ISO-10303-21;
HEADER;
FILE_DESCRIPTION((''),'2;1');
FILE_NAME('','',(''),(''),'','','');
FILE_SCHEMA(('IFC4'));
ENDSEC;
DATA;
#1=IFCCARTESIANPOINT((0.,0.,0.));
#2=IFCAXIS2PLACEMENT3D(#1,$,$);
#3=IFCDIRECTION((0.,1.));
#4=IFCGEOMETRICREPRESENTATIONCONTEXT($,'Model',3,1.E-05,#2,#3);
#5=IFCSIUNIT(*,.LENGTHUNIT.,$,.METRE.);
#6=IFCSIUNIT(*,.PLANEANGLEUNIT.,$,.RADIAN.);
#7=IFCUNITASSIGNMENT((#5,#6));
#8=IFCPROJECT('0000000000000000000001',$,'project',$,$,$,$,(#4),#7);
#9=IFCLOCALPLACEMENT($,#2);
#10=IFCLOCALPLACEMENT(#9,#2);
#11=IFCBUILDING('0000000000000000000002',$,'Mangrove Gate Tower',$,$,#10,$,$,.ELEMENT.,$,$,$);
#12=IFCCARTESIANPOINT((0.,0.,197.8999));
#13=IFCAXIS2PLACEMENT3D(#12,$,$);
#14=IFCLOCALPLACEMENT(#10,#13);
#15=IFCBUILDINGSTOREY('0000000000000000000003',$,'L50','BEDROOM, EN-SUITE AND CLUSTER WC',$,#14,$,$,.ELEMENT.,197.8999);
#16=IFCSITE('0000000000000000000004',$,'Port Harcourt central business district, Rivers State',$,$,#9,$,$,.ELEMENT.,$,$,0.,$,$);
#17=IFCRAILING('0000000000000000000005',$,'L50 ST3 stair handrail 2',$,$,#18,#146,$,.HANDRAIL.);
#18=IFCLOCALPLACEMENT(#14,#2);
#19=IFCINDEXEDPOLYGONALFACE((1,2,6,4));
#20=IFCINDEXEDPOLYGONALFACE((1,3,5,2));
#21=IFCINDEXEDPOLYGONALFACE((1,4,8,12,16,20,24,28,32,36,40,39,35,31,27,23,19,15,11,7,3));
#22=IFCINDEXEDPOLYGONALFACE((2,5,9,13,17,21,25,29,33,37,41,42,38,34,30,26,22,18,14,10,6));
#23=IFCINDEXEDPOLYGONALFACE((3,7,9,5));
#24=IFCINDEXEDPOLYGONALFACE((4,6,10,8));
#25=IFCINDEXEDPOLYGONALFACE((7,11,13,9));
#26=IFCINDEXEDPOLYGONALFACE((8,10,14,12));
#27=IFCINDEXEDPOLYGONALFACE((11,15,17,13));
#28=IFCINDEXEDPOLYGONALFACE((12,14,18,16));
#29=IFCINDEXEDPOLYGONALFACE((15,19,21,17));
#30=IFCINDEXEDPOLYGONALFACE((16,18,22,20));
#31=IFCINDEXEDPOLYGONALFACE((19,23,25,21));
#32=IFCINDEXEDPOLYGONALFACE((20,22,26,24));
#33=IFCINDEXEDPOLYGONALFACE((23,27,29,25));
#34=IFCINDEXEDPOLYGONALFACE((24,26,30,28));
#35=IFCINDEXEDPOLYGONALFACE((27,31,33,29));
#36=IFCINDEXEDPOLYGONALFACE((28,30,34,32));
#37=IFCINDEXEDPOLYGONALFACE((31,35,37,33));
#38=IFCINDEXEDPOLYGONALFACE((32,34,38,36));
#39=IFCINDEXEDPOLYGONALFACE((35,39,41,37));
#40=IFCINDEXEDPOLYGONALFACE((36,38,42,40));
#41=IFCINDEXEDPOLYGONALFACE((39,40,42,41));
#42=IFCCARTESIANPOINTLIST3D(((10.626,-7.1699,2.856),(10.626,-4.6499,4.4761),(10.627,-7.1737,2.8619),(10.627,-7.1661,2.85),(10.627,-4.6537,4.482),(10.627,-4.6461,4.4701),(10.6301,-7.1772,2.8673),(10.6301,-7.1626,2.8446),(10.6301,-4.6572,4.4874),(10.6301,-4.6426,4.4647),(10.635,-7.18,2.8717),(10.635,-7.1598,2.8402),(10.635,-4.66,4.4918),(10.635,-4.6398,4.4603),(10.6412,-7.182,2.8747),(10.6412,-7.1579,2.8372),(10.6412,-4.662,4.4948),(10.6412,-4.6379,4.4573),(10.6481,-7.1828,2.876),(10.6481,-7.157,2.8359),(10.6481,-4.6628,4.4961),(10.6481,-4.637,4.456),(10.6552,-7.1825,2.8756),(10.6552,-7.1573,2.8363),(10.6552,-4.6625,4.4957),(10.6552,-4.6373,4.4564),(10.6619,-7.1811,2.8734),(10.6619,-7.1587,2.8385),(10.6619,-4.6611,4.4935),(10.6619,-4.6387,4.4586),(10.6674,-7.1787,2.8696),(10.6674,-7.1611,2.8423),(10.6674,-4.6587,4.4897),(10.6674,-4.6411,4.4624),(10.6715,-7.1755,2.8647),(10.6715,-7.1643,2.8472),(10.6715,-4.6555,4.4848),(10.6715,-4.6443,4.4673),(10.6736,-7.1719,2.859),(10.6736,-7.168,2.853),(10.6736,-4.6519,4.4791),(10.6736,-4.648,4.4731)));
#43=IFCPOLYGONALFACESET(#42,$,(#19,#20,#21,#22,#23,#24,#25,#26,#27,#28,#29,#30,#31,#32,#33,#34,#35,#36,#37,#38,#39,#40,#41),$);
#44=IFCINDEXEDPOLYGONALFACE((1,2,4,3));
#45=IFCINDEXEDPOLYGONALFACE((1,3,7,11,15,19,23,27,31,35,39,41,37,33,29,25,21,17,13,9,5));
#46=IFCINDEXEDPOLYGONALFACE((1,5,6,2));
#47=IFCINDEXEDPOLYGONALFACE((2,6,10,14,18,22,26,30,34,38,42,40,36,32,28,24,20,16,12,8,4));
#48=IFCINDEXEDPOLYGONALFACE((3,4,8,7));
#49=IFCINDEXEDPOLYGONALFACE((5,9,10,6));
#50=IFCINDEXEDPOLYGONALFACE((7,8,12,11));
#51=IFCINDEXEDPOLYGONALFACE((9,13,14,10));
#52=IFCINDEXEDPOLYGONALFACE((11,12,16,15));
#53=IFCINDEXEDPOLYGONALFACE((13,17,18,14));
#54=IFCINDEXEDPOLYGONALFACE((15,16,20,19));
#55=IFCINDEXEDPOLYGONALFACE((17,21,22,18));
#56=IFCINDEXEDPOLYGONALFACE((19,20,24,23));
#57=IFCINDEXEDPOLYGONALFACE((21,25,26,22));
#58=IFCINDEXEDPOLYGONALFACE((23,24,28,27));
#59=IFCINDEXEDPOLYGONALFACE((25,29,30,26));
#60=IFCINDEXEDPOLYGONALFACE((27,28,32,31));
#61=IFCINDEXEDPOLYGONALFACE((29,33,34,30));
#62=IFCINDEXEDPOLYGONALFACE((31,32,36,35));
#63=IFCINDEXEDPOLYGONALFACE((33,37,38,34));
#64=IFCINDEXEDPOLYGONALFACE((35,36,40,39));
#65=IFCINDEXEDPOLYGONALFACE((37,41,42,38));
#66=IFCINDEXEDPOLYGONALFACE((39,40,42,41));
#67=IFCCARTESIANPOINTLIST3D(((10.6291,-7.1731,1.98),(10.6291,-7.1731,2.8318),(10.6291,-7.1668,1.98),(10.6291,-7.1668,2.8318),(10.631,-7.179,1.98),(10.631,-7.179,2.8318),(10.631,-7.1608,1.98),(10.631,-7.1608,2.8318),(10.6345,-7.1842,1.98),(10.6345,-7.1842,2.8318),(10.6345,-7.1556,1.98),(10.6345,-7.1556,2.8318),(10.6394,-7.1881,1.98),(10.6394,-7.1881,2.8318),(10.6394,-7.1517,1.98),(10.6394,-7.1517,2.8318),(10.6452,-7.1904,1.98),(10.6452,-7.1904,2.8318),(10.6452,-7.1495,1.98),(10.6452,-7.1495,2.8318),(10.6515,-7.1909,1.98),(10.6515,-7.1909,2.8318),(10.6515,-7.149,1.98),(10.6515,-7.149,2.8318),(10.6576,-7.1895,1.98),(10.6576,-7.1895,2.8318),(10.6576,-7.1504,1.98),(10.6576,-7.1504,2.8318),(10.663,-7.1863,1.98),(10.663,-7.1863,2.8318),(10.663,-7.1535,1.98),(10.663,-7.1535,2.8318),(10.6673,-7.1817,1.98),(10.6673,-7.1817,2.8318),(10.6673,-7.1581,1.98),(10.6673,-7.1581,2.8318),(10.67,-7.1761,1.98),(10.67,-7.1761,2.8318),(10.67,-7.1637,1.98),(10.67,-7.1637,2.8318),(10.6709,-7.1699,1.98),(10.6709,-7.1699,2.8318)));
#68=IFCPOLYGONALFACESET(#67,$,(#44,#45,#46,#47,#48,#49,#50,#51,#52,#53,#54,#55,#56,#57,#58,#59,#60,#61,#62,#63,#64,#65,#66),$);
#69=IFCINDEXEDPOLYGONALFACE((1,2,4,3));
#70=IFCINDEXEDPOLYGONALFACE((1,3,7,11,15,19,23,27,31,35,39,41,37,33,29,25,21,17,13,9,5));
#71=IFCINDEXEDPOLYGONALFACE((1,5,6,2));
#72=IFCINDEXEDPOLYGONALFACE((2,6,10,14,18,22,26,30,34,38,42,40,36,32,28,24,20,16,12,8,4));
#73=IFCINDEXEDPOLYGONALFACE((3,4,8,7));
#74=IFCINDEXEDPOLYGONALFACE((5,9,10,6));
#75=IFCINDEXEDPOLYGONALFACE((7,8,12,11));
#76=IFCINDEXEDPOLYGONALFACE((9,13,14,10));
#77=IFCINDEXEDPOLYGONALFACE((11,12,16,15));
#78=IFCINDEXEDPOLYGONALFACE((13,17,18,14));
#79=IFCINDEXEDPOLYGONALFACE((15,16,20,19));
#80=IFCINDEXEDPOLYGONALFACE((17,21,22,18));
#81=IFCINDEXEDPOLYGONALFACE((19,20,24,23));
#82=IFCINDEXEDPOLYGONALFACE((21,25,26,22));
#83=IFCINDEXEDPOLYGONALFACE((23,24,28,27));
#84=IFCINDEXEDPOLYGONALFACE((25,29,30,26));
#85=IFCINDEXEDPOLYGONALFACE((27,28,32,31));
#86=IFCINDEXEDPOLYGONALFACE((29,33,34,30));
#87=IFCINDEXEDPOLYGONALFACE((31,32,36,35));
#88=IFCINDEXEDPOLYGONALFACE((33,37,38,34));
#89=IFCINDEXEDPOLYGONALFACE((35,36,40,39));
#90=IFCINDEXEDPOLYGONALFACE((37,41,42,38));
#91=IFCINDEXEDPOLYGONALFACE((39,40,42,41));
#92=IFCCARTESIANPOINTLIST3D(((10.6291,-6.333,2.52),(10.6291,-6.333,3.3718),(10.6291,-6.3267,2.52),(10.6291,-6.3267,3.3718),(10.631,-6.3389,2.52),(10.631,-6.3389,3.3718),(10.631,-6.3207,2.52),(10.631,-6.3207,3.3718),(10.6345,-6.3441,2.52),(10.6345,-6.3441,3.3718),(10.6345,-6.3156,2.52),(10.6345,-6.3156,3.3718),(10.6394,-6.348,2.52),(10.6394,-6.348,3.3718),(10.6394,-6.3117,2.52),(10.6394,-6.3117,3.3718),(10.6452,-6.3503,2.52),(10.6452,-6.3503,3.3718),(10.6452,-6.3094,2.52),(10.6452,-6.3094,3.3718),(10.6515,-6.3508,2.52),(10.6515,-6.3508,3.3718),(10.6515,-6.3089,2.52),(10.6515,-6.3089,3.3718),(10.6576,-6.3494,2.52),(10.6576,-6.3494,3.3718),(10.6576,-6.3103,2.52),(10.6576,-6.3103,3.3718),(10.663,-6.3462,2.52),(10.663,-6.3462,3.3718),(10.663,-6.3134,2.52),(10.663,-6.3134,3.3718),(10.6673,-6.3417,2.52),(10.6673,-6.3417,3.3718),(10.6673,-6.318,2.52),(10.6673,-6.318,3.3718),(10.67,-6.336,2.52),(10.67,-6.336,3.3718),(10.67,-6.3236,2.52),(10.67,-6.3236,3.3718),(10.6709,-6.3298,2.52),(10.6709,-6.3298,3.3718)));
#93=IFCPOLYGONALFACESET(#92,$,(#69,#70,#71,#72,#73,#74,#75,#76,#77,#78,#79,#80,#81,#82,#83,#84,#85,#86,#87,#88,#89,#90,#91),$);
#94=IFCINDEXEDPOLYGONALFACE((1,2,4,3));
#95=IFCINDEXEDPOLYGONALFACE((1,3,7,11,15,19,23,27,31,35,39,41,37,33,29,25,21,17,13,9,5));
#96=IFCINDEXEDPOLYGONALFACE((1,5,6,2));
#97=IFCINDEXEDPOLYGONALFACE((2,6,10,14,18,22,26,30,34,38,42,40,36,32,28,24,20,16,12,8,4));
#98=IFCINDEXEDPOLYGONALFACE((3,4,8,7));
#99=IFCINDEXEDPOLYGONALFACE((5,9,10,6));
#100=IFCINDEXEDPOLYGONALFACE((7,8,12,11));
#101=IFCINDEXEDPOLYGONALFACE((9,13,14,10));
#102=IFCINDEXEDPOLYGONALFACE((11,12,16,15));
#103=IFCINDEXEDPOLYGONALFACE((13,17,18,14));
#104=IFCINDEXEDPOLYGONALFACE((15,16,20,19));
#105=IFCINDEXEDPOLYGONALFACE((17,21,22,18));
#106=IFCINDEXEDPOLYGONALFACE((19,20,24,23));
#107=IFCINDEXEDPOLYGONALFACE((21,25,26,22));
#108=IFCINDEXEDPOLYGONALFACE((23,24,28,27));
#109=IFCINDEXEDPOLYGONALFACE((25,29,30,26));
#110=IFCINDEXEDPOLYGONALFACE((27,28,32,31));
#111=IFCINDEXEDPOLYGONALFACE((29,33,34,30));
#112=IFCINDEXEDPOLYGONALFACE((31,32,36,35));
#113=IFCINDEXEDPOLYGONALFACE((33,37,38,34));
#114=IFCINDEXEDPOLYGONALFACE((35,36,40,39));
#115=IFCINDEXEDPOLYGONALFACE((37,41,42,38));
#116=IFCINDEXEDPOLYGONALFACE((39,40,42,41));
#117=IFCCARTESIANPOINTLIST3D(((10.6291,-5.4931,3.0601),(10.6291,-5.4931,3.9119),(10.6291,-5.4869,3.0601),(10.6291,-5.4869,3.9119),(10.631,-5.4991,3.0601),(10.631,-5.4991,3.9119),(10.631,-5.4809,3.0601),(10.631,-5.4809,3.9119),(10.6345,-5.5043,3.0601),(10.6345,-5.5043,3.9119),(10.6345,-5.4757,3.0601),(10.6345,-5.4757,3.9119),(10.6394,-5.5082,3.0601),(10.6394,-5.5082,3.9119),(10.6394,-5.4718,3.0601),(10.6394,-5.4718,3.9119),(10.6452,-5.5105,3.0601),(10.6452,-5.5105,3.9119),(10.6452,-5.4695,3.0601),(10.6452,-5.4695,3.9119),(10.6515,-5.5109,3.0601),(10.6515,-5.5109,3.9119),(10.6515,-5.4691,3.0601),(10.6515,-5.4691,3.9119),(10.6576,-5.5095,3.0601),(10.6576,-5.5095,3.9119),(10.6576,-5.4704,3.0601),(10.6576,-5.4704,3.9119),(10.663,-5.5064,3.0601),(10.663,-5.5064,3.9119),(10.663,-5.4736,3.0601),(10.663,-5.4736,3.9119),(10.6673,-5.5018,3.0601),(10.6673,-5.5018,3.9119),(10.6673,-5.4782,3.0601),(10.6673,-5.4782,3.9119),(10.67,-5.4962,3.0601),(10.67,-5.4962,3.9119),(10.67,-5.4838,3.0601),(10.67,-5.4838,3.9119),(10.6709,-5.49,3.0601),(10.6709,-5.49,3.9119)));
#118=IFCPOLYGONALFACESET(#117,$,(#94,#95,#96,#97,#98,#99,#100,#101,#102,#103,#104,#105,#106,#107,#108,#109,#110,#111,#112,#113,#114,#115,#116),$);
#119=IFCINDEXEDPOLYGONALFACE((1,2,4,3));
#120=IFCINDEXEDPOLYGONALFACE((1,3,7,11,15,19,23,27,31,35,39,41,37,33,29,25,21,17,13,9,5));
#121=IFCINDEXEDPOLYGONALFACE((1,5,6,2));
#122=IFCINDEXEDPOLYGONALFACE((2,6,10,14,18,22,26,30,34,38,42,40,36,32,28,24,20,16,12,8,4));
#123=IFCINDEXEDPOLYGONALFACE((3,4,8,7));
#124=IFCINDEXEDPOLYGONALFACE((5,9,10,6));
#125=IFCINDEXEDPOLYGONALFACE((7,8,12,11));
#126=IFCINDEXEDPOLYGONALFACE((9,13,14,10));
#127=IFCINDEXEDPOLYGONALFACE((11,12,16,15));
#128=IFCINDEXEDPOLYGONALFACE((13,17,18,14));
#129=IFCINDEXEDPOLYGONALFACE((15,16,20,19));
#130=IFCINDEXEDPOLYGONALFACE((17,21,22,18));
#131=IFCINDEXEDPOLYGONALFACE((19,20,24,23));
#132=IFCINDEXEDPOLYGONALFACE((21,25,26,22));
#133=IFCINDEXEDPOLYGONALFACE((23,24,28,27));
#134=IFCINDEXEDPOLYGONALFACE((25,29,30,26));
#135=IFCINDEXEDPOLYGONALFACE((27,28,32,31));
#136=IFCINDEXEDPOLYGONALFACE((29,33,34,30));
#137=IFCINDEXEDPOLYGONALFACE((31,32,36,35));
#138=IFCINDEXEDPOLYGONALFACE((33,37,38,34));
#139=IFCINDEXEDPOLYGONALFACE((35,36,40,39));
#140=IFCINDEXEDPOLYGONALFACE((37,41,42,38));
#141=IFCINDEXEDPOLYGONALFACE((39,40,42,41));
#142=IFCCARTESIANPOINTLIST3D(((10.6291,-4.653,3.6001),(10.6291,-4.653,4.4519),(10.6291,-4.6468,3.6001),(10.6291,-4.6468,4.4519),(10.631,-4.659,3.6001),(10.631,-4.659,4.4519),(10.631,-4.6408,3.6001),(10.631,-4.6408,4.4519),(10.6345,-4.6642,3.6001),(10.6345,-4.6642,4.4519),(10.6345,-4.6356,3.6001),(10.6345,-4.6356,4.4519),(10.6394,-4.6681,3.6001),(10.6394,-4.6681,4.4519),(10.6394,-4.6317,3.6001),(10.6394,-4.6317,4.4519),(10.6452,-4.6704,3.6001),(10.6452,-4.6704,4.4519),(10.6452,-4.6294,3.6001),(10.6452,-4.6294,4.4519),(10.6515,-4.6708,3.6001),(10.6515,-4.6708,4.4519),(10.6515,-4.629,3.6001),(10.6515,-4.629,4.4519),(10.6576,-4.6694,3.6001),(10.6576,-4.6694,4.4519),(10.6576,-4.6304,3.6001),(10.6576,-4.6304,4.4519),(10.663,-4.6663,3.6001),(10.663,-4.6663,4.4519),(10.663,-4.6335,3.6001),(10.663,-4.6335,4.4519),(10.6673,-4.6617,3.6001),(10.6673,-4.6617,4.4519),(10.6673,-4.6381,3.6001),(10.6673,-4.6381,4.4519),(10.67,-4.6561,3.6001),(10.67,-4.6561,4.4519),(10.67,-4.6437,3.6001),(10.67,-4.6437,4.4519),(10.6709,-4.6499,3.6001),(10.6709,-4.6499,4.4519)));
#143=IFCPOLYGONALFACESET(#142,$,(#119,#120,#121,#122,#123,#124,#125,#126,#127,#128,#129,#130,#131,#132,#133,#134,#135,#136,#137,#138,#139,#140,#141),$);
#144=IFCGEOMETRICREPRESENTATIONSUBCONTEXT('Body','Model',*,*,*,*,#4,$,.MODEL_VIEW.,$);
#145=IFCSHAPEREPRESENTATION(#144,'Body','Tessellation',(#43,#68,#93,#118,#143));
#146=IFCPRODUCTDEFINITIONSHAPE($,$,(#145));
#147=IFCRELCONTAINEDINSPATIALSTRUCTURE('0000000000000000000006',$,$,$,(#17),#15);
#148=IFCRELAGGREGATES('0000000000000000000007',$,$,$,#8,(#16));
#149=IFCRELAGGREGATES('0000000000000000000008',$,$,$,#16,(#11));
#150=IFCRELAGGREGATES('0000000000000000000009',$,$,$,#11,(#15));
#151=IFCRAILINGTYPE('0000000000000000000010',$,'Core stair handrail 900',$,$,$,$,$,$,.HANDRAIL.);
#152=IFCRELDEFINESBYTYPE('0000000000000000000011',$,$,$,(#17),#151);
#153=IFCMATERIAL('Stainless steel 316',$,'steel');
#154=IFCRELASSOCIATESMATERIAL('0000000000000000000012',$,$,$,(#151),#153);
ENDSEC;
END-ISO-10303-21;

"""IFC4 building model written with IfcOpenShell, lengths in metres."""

from ifc_helpers import new_model, si_unit, direction, frame, origin, origin_2d, place, context, subcontext, project, spatial, circle, extrude, material, type_object, element, save


model = new_model("IFC4")

# Units and contexts
model_context = context("Model", 3, precision=1e-05, world=origin(), true_north=direction((0.0, 1.0)))
body_context = subcontext(model_context, "Body", "Model", "MODEL_VIEW")
ifc_project = project(units=[si_unit("LENGTHUNIT", "METRE"), si_unit("PLANEANGLEUNIT", "RADIAN")], contexts=[model_context])

# Site, building, storey
site_placement = place(None, origin())
site = spatial("IfcSite", under=ifc_project, at=site_placement, Name="Port Harcourt central business district, Rivers State", CompositionType="ELEMENT", RefElevation=0.0)
building_placement = place(site_placement, origin())
building = spatial("IfcBuilding", under=site, at=building_placement, Name="Mangrove Gate Tower", CompositionType="ELEMENT")
storey_placement = place(building_placement, frame((0.0, 0.0, 197.8999)))
storey = spatial("IfcBuildingStorey", under=building, at=storey_placement, Name="L50", Description="BEDROOM, EN-SUITE AND CLUSTER WC", CompositionType="ELEMENT", Elevation=197.8999)

# Railing
ifc_material_1 = material(Name="Stainless steel 316", Category="steel")
railing_type_1 = type_object("IfcRailingType", Name="Core stair handrail 900", PredefinedType="HANDRAIL", material=ifc_material_1)
railing_1_placement = place(storey_placement, frame((10.6499, -7.1699, 1.98)))
element("IfcRailing", 1, at=railing_1_placement, inside=storey, type_object=railing_type_1, Name="L50 ST3 stair handrail 2", PredefinedType="HANDRAIL", context=body_context, shape_type="SweptSolid", body=[
    extrude(circle(Radius=0.0239, at=origin_2d()), frame((0.0, 0.0, 0.876), z_axis=(0.0, 0.841163, 0.540782), x_axis=(-1.0, 0.0, 0.0)), (0.0, 0.0, 1.0), 2.9958),
    extrude(circle(Radius=0.021, at=origin_2d()), origin(), (0.0, 0.0, 1.0), 0.8518),
    extrude(circle(Radius=0.021, at=origin_2d()), frame((0.0, 0.8401, 0.54)), (0.0, 0.0, 1.0), 0.8518),
    extrude(circle(Radius=0.021, at=origin_2d()), frame((0.0, 1.6799, 1.0801)), (0.0, 0.0, 1.0), 0.8518),
    extrude(circle(Radius=0.021, at=origin_2d()), frame((0.0, 2.52, 1.6201)), (0.0, 0.0, 1.0), 0.8518),
])

save(model, "model.ifc")
